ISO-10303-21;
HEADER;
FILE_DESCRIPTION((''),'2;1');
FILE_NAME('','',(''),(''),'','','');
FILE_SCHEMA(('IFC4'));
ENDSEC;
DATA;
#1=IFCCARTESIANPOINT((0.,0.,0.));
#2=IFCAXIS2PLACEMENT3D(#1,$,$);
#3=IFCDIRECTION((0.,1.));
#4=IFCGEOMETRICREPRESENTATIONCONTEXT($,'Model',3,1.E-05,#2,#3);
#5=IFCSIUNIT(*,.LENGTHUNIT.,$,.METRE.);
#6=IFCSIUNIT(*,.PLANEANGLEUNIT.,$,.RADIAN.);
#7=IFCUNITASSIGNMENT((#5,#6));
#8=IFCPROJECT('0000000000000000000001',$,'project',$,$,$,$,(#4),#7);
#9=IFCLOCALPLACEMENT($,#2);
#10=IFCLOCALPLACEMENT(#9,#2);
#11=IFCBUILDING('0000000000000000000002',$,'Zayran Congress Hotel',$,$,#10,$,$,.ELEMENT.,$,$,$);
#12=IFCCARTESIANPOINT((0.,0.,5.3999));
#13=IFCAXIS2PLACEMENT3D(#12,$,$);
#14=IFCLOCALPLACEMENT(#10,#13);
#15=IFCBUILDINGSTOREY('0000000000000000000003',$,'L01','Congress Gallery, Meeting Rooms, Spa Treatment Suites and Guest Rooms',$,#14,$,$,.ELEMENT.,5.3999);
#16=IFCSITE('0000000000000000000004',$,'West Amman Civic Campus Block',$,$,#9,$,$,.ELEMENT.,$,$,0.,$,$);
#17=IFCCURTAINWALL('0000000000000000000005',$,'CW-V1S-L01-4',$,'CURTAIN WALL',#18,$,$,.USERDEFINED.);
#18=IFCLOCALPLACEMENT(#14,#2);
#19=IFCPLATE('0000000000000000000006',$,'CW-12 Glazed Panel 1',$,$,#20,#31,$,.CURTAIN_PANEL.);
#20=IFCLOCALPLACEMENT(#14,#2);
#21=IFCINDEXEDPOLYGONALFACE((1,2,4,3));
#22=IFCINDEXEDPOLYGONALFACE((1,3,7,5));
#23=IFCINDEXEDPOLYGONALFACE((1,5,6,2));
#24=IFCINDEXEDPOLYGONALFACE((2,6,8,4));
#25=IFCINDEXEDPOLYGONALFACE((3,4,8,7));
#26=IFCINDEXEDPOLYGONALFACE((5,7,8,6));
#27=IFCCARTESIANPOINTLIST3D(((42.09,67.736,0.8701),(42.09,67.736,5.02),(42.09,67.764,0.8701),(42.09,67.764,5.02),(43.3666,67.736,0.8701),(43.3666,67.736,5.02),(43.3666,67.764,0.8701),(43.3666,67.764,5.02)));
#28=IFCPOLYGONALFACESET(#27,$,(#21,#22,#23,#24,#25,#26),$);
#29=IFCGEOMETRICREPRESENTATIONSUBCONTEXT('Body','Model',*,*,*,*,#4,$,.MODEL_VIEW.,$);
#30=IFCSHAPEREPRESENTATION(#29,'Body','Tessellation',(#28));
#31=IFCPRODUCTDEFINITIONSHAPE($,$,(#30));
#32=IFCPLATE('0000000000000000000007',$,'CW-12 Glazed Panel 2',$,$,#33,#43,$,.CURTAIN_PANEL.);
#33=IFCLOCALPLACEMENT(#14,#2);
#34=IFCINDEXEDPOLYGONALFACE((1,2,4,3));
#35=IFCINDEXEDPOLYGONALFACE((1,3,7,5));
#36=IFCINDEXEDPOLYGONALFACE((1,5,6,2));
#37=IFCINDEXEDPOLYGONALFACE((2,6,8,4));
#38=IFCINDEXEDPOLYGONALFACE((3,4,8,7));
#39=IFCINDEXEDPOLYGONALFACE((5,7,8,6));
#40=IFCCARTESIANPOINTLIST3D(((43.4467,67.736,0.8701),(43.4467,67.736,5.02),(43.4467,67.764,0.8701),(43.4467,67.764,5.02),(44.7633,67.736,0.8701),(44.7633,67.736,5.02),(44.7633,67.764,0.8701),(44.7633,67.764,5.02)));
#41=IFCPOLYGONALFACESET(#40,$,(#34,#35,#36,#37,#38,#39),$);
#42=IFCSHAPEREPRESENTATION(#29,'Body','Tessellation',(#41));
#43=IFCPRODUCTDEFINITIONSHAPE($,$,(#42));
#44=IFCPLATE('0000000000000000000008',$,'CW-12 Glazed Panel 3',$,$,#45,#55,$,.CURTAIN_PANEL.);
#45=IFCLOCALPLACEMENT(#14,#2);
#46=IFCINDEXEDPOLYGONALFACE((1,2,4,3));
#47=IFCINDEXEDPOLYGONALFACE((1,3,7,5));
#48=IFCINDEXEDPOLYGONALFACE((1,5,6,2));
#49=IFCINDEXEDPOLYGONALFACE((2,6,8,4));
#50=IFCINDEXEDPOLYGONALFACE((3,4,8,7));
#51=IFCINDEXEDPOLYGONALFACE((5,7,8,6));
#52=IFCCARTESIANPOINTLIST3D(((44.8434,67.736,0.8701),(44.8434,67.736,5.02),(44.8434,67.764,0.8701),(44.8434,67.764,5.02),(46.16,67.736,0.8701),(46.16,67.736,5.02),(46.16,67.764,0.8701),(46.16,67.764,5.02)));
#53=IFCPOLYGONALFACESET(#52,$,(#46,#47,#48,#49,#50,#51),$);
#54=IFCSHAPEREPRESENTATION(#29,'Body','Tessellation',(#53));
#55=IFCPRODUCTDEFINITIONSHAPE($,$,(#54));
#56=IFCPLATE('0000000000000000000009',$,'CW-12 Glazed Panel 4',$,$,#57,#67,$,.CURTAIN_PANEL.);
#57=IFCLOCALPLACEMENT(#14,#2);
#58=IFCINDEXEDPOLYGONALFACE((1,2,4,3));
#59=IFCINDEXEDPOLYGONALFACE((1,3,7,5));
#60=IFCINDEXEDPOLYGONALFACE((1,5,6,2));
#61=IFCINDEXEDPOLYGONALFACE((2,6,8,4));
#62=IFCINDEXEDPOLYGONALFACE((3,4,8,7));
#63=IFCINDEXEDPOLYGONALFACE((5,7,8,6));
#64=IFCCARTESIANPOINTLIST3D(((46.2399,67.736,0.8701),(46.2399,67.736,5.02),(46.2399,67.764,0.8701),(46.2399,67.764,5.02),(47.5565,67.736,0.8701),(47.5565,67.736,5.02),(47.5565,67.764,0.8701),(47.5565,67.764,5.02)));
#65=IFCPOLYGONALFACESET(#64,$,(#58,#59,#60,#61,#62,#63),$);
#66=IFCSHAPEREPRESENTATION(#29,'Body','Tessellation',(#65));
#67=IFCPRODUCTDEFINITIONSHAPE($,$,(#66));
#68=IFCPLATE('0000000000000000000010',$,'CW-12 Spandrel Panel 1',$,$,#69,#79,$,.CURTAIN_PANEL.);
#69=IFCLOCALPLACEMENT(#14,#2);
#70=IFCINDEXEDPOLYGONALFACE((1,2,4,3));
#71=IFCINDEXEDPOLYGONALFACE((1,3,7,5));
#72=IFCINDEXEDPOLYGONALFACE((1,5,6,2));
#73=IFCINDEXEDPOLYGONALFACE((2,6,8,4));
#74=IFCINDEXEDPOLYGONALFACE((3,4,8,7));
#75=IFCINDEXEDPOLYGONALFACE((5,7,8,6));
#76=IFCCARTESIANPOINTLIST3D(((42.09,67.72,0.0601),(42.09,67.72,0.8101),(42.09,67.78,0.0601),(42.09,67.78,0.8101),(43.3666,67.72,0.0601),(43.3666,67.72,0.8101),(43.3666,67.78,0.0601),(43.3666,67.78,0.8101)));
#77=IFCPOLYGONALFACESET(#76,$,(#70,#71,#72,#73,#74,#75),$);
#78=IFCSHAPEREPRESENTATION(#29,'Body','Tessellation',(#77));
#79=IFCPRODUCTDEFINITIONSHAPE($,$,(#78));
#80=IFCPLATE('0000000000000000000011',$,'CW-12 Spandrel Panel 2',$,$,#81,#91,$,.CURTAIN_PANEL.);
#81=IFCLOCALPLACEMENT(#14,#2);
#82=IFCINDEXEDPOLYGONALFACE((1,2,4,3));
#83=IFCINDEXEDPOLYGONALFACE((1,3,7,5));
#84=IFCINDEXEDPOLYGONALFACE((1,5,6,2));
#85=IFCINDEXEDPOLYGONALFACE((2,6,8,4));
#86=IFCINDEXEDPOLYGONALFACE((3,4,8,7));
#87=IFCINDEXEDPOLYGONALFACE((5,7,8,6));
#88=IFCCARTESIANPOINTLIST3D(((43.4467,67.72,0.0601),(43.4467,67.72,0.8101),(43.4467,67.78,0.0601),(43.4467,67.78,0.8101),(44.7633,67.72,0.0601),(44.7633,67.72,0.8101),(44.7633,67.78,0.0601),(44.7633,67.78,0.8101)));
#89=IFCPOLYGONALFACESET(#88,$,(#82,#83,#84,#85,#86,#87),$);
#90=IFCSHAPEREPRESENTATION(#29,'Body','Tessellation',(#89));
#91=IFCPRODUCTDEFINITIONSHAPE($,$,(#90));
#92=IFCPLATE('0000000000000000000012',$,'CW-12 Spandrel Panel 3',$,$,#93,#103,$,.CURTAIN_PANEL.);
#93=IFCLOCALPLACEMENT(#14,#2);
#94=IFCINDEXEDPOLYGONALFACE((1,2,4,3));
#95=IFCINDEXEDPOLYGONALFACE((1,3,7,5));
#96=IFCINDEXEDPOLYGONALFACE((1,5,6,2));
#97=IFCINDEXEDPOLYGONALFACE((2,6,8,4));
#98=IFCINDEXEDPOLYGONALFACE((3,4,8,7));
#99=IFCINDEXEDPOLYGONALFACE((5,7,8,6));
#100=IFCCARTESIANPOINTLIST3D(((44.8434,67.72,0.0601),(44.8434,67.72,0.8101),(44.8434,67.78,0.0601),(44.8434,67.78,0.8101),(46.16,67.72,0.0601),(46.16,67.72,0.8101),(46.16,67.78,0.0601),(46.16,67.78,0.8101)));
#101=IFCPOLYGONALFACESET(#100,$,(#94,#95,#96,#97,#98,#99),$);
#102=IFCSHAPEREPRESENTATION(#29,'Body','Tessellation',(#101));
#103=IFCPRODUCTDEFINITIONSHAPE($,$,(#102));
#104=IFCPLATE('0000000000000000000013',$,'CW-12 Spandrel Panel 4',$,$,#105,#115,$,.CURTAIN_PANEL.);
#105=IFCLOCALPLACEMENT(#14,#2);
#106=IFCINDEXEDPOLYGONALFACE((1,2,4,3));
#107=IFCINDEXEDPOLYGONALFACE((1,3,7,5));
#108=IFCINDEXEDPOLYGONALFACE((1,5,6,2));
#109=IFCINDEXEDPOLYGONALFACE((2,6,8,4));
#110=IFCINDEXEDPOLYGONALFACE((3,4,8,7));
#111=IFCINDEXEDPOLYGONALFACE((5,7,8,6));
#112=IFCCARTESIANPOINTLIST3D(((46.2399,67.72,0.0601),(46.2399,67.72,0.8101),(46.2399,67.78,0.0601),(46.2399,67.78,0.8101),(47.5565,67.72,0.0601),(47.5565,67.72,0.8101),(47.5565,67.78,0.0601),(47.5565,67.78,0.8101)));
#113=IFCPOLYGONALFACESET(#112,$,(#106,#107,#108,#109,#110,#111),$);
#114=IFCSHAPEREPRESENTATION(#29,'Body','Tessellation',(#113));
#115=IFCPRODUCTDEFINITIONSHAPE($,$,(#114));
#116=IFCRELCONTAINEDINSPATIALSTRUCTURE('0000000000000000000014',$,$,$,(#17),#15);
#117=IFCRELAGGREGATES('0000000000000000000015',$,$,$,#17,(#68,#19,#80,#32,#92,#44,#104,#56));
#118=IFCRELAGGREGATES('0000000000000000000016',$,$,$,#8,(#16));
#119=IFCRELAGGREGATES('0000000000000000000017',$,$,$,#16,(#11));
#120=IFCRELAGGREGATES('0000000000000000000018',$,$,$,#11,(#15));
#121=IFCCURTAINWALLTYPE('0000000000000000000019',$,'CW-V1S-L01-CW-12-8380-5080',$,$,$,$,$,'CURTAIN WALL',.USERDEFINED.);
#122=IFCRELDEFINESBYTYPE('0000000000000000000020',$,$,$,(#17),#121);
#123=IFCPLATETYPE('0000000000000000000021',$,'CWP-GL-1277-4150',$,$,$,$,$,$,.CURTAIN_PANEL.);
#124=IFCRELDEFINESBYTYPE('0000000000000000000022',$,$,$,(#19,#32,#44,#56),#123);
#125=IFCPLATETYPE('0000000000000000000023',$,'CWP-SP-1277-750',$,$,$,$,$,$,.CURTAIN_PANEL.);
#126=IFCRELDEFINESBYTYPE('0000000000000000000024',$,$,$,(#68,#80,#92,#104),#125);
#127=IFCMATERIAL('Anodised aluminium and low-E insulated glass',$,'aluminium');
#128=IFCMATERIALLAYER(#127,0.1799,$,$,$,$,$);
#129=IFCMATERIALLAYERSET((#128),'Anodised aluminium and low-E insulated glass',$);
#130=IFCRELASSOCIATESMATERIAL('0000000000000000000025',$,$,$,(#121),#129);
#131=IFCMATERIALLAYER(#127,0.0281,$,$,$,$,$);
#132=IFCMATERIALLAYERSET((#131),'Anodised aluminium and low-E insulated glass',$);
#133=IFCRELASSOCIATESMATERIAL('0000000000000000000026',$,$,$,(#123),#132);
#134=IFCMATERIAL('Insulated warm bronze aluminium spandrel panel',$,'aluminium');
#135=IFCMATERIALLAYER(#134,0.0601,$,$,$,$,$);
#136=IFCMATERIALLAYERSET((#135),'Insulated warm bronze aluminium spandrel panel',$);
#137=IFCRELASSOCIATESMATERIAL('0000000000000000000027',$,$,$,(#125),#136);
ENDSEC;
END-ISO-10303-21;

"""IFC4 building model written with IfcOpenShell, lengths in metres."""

from ifc_helpers import new_model, si_unit, direction, frame, origin, origin_2d, place, context, subcontext, project, spatial, rectangle, extrude, material, layer, layer_set, type_object, element, aggregate, save


model = new_model("IFC4")

# Units and contexts
model_context = context("Model", 3, precision=1e-05, world=origin(), true_north=direction((0.0, 1.0)))
body_context = subcontext(model_context, "Body", "Model", "MODEL_VIEW")
ifc_project = project(units=[si_unit("LENGTHUNIT", "METRE"), si_unit("PLANEANGLEUNIT", "RADIAN")], contexts=[model_context])

# Site, building, storey
site_placement = place(None, origin())
site = spatial("IfcSite", under=ifc_project, at=site_placement, Name="West Amman Civic Campus Block", CompositionType="ELEMENT", RefElevation=0.0)
building_placement = place(site_placement, origin())
building = spatial("IfcBuilding", under=site, at=building_placement, Name="Zayran Congress Hotel", CompositionType="ELEMENT")
storey_placement = place(building_placement, frame((0.0, 0.0, 5.3999)))
storey = spatial("IfcBuildingStorey", under=building, at=storey_placement, Name="L01", Description="Congress Gallery, Meeting Rooms, Spa Treatment Suites and Guest Rooms", CompositionType="ELEMENT", Elevation=5.3999)

# Shared definitions
ifc_material_1 = material(Name="Anodised aluminium and low-E insulated glass", Category="aluminium")

# Curtain wall, plates
ifc_layer_1 = layer(ifc_material_1, 0.1799)
ifc_layer_set_1 = layer_set([ifc_layer_1], Name="Anodised aluminium and low-E insulated glass")
curtain_wall_type_1 = type_object("IfcCurtainWallType", Name="CW-V1S-L01-CW-12-8380-5080", ElementType="CURTAIN WALL", PredefinedType="USERDEFINED", material=ifc_layer_set_1)
curtain_wall_1_placement = place(storey_placement, origin())
curtain_wall_1 = element("IfcCurtainWall", 1, at=curtain_wall_1_placement, inside=storey, type_object=curtain_wall_type_1, Name="CW-V1S-L01-4", ObjectType="CURTAIN WALL", PredefinedType="USERDEFINED")
ifc_layer_2 = layer(ifc_material_1, 0.0281)
ifc_layer_set_2 = layer_set([ifc_layer_2], Name="Anodised aluminium and low-E insulated glass")
plate_type_1 = type_object("IfcPlateType", Name="CWP-GL-1277-4150", PredefinedType="CURTAIN_PANEL", material=ifc_layer_set_2)
plate_1_placement = place(storey_placement, frame((42.7283, 67.75, 0.8701), z_axis=(0.0, 0.0, 1.0), x_axis=(1.0, 0.0, 0.0)))
plate_1 = element("IfcPlate", 2, at=plate_1_placement, type_object=plate_type_1, Name="CW-12 Glazed Panel 1", PredefinedType="CURTAIN_PANEL", context=body_context, shape_type="SweptSolid", body=[
    extrude(rectangle(XDim=1.2766, YDim=0.0281, at=origin_2d()), origin(), (0.0, 0.0, 1.0), 4.1499),
])
plate_2_placement = place(storey_placement, frame((44.105, 67.75, 0.8701), z_axis=(0.0, 0.0, 1.0), x_axis=(1.0, 0.0, 0.0)))
plate_2 = element("IfcPlate", 3, at=plate_2_placement, type_object=plate_type_1, Name="CW-12 Glazed Panel 2", PredefinedType="CURTAIN_PANEL", context=body_context, shape_type="SweptSolid", body=[
    extrude(rectangle(XDim=1.3167, YDim=0.0281, at=origin_2d()), origin(), (0.0, 0.0, 1.0), 4.1499),
])
plate_3_placement = place(storey_placement, frame((45.5017, 67.75, 0.8701), z_axis=(0.0, 0.0, 1.0), x_axis=(1.0, 0.0, 0.0)))
plate_3 = element("IfcPlate", 4, at=plate_3_placement, type_object=plate_type_1, Name="CW-12 Glazed Panel 3", PredefinedType="CURTAIN_PANEL", context=body_context, shape_type="SweptSolid", body=[
    extrude(rectangle(XDim=1.3167, YDim=0.0281, at=origin_2d()), origin(), (0.0, 0.0, 1.0), 4.1499),
])
plate_4_placement = place(storey_placement, frame((46.8982, 67.75, 0.8701), z_axis=(0.0, 0.0, 1.0), x_axis=(1.0, 0.0, 0.0)))
plate_4 = element("IfcPlate", 5, at=plate_4_placement, type_object=plate_type_1, Name="CW-12 Glazed Panel 4", PredefinedType="CURTAIN_PANEL", context=body_context, shape_type="SweptSolid", body=[
    extrude(rectangle(XDim=1.3167, YDim=0.0281, at=origin_2d()), origin(), (0.0, 0.0, 1.0), 4.1499),
])
ifc_material_2 = material(Name="Insulated warm bronze aluminium spandrel panel", Category="aluminium")
ifc_layer_3 = layer(ifc_material_2, 0.0601)
ifc_layer_set_3 = layer_set([ifc_layer_3], Name="Insulated warm bronze aluminium spandrel panel")
plate_type_2 = type_object("IfcPlateType", Name="CWP-SP-1277-750", PredefinedType="CURTAIN_PANEL", material=ifc_layer_set_3)
plate_5_placement = place(storey_placement, frame((42.7283, 67.75, 0.0601), z_axis=(0.0, 0.0, 1.0), x_axis=(1.0, 0.0, 0.0)))
plate_5 = element("IfcPlate", 6, at=plate_5_placement, type_object=plate_type_2, Name="CW-12 Spandrel Panel 1", PredefinedType="CURTAIN_PANEL", context=body_context, shape_type="SweptSolid", body=[
    extrude(rectangle(XDim=1.2766, YDim=0.0601, at=origin_2d()), origin(), (0.0, 0.0, 1.0), 0.75),
])
plate_6_placement = place(storey_placement, frame((44.105, 67.75, 0.0601), z_axis=(0.0, 0.0, 1.0), x_axis=(1.0, 0.0, 0.0)))
plate_6 = element("IfcPlate", 7, at=plate_6_placement, type_object=plate_type_2, Name="CW-12 Spandrel Panel 2", PredefinedType="CURTAIN_PANEL", context=body_context, shape_type="SweptSolid", body=[
    extrude(rectangle(XDim=1.3167, YDim=0.0601, at=origin_2d()), origin(), (0.0, 0.0, 1.0), 0.75),
])
plate_7_placement = place(storey_placement, frame((45.5017, 67.75, 0.0601), z_axis=(0.0, 0.0, 1.0), x_axis=(1.0, 0.0, 0.0)))
plate_7 = element("IfcPlate", 8, at=plate_7_placement, type_object=plate_type_2, Name="CW-12 Spandrel Panel 3", PredefinedType="CURTAIN_PANEL", context=body_context, shape_type="SweptSolid", body=[
    extrude(rectangle(XDim=1.3167, YDim=0.0601, at=origin_2d()), origin(), (0.0, 0.0, 1.0), 0.75),
])
plate_8_placement = place(storey_placement, frame((46.8982, 67.75, 0.0601), z_axis=(0.0, 0.0, 1.0), x_axis=(1.0, 0.0, 0.0)))
plate_8 = element("IfcPlate", 9, at=plate_8_placement, type_object=plate_type_2, Name="CW-12 Spandrel Panel 4", PredefinedType="CURTAIN_PANEL", context=body_context, shape_type="SweptSolid", body=[
    extrude(rectangle(XDim=1.3167, YDim=0.0601, at=origin_2d()), origin(), (0.0, 0.0, 1.0), 0.75),
])
aggregate(curtain_wall_1, [plate_5, plate_1, plate_6, plate_2, plate_7, plate_3, plate_8, plate_4])

save(model, "model.ifc")
